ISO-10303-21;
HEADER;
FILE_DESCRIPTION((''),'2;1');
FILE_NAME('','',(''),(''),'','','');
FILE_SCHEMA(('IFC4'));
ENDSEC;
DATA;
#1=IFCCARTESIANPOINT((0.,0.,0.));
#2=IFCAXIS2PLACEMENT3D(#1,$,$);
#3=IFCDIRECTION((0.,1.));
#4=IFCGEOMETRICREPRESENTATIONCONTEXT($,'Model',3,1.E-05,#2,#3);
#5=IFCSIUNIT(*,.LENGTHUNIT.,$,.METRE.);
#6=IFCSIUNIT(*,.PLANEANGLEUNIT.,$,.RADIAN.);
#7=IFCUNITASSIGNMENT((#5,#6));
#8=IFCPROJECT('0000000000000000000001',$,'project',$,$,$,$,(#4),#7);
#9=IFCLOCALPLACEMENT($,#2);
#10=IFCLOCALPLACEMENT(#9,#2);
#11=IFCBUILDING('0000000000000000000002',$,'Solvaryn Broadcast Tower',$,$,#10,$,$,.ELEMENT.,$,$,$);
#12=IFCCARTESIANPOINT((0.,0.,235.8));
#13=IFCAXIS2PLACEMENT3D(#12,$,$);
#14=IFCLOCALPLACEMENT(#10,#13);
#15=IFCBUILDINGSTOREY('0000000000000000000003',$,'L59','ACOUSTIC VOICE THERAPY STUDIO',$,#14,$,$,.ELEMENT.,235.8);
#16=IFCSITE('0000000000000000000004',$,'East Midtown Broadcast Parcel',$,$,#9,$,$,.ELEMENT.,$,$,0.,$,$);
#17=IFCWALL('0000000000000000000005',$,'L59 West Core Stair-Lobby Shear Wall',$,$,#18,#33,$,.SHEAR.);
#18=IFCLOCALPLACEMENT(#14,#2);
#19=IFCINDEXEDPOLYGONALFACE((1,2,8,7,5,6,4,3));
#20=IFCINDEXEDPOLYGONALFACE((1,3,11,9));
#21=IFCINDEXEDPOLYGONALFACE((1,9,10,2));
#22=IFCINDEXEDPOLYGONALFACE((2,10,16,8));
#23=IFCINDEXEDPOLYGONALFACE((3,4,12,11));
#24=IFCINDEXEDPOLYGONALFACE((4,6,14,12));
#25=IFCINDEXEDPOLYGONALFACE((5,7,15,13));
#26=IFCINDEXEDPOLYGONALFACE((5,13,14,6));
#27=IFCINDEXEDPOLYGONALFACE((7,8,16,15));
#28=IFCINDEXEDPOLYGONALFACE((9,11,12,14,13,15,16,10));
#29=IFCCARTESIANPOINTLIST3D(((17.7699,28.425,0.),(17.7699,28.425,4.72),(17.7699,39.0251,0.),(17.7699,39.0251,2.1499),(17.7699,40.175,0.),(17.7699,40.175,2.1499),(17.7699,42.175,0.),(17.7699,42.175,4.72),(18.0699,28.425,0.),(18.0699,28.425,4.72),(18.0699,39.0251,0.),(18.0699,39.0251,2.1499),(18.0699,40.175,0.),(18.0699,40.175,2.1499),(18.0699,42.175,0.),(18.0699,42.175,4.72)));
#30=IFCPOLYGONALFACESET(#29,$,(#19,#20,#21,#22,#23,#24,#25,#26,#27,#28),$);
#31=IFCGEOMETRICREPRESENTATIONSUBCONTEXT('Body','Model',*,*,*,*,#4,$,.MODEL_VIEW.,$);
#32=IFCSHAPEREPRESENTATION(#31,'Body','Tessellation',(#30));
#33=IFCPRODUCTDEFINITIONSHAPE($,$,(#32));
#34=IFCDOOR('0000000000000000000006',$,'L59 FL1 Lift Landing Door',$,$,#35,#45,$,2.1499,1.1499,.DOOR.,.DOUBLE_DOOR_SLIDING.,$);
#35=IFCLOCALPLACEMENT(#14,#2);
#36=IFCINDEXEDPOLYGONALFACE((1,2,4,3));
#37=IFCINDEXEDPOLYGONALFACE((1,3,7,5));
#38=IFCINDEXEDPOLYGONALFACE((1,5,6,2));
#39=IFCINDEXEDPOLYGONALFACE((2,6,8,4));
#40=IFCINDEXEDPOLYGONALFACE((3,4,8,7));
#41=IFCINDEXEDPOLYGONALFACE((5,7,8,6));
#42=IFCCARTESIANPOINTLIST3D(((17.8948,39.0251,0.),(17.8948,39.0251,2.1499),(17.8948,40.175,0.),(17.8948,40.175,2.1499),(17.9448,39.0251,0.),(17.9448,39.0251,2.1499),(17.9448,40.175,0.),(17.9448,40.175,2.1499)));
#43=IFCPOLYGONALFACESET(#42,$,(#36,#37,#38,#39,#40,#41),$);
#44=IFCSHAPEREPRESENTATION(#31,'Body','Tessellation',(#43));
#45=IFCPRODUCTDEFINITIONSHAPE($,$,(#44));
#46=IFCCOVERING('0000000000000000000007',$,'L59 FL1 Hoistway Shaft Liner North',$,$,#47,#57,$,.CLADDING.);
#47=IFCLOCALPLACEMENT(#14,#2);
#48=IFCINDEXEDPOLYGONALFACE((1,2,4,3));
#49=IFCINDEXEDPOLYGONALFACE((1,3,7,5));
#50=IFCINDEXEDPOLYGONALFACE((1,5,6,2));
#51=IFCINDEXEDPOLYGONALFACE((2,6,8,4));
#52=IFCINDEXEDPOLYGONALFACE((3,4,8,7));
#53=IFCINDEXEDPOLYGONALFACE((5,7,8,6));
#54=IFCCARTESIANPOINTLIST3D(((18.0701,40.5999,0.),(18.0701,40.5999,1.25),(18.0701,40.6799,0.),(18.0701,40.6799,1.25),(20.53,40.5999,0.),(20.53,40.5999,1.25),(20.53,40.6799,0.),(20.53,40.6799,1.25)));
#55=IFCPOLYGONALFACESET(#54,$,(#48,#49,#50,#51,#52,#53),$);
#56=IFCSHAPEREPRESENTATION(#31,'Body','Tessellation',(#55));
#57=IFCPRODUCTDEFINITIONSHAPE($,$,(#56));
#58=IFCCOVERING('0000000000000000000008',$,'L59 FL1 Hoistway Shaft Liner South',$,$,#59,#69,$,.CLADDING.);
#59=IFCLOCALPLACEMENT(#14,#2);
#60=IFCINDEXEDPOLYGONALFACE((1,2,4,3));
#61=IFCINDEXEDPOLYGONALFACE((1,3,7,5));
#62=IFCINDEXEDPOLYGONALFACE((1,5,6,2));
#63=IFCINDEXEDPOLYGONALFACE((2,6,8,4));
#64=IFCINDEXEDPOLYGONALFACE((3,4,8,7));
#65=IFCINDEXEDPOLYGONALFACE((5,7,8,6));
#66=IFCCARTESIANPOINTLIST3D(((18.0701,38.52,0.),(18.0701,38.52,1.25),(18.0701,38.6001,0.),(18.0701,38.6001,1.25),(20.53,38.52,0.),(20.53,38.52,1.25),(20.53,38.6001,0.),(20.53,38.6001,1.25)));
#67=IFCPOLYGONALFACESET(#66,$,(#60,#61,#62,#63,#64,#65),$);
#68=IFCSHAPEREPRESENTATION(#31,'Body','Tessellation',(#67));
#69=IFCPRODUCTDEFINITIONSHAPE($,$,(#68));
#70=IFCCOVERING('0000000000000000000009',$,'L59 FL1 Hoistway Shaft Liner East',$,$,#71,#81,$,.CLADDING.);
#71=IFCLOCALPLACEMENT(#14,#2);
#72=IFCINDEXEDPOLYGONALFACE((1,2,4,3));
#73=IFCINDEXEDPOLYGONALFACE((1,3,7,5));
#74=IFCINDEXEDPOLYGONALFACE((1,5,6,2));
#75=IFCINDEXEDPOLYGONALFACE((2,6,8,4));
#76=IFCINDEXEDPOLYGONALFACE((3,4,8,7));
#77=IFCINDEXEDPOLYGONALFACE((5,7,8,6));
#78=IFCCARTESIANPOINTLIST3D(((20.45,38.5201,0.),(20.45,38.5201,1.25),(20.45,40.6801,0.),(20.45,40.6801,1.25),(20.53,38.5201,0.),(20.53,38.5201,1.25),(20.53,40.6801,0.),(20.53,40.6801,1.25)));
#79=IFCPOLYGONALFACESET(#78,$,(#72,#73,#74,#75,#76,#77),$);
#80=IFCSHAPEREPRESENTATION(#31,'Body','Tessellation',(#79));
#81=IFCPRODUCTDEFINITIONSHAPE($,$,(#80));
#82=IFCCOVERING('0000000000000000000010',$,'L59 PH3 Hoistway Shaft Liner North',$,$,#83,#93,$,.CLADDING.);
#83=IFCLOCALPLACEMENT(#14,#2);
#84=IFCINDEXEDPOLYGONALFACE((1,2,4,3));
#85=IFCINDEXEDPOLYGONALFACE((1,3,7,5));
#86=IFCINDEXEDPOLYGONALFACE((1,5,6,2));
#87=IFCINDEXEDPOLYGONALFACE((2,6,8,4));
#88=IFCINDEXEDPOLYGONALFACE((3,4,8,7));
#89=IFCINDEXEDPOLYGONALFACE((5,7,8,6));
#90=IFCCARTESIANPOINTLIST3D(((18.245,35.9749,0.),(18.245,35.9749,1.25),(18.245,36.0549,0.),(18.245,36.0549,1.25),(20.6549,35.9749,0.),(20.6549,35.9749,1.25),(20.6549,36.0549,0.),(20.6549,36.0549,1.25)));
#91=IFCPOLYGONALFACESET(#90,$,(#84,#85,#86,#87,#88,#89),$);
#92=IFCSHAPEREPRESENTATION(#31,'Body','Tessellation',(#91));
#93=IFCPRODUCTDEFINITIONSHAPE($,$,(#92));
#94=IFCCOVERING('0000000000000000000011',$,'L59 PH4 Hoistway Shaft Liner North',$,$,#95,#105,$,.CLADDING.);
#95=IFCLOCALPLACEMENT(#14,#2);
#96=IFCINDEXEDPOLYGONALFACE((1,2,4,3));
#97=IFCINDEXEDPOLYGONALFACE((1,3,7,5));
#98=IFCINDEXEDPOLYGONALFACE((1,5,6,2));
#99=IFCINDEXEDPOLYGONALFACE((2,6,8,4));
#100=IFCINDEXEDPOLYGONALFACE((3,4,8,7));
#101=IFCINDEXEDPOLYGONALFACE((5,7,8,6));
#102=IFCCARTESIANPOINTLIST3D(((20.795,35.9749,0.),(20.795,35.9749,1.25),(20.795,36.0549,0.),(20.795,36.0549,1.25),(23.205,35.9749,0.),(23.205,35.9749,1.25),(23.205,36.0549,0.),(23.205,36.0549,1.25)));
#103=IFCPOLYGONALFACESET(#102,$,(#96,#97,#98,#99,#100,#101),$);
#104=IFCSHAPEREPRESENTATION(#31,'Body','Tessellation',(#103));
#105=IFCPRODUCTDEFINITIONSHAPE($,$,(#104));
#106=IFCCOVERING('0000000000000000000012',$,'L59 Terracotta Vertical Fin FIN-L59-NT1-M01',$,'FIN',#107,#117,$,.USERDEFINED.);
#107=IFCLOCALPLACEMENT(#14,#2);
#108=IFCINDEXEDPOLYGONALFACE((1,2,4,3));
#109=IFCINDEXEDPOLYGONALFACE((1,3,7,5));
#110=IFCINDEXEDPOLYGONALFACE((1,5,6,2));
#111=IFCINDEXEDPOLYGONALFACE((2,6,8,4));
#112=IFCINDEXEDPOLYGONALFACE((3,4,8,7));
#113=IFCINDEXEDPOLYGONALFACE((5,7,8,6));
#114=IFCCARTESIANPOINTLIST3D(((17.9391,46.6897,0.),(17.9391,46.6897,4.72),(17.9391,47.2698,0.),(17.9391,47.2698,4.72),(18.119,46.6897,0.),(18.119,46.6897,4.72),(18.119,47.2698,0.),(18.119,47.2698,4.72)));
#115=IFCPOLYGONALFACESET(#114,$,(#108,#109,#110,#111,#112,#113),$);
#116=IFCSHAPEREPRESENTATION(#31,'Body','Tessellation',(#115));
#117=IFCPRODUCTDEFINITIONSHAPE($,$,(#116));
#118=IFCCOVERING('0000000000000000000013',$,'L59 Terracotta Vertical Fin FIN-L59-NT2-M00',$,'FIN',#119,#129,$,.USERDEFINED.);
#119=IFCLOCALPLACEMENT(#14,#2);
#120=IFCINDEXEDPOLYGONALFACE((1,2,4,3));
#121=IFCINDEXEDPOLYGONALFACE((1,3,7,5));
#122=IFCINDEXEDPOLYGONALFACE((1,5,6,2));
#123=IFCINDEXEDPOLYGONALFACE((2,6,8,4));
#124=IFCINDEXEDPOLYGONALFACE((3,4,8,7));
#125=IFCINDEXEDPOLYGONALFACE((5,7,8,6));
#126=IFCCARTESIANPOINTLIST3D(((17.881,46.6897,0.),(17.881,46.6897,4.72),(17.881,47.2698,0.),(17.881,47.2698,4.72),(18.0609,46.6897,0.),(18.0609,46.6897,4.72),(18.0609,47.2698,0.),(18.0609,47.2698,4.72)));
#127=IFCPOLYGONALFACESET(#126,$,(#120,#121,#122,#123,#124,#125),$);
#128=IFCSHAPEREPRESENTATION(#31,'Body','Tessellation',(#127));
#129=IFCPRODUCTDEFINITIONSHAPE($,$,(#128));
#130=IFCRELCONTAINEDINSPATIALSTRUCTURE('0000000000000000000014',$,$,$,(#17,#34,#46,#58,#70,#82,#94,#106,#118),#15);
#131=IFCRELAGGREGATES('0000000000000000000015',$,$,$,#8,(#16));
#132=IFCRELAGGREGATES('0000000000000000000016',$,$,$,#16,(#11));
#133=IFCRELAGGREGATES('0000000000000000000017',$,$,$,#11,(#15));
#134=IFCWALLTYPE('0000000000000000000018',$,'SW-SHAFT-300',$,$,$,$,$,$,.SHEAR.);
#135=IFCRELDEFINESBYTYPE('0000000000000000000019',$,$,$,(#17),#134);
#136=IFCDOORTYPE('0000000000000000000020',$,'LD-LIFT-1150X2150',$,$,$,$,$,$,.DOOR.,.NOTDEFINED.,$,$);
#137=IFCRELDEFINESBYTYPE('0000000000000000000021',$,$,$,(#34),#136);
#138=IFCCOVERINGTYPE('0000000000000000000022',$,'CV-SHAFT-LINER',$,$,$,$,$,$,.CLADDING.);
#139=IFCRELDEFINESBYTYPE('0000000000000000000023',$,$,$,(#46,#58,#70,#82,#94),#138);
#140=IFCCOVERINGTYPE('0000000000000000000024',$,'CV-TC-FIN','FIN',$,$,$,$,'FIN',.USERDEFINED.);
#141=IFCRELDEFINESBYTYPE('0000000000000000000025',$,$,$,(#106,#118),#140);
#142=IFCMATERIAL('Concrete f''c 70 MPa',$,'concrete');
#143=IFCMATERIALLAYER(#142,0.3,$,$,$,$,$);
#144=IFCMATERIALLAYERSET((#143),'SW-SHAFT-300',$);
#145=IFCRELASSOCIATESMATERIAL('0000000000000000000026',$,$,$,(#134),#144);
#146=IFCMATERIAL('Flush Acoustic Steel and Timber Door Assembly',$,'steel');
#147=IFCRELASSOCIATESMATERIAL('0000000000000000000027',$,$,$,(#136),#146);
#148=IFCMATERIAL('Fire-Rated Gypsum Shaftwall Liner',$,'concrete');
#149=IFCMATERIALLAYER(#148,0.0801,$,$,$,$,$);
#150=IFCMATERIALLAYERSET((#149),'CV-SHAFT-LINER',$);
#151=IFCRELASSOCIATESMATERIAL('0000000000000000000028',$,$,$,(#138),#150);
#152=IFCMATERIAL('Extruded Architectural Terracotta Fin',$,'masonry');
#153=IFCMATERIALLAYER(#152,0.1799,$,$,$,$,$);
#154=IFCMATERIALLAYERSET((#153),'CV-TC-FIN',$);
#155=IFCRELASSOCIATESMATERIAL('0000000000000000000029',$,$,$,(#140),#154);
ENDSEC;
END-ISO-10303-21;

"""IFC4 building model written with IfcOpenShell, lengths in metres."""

from ifc_helpers import new_model, si_unit, direction, frame, frame_2d, origin, origin_2d, place, context, subcontext, project, spatial, rectangle, extrude, material, layer, layer_set, type_object, element, fill, save


model = new_model("IFC4")

# Units and contexts
model_context = context("Model", 3, precision=1e-05, world=origin(), true_north=direction((0.0, 1.0)))
body_context = subcontext(model_context, "Body", "Model", "MODEL_VIEW")
ifc_project = project(units=[si_unit("LENGTHUNIT", "METRE"), si_unit("PLANEANGLEUNIT", "RADIAN")], contexts=[model_context])

# Site, building, storey
site_placement = place(None, origin())
site = spatial("IfcSite", under=ifc_project, at=site_placement, Name="East Midtown Broadcast Parcel", CompositionType="ELEMENT", RefElevation=0.0)
building_placement = place(site_placement, origin())
building = spatial("IfcBuilding", under=site, at=building_placement, Name="Solvaryn Broadcast Tower", CompositionType="ELEMENT")
storey_placement = place(building_placement, frame((0.0, 0.0, 235.8)))
storey = spatial("IfcBuildingStorey", under=building, at=storey_placement, Name="L59", Description="ACOUSTIC VOICE THERAPY STUDIO", CompositionType="ELEMENT", Elevation=235.8)

# Wall, opening, door
ifc_material_1 = material(Name="Concrete f'c 70 MPa", Category="concrete")
ifc_layer_1 = layer(ifc_material_1, 0.3)
ifc_layer_set_1 = layer_set([ifc_layer_1], Name="SW-SHAFT-300")
wall_type_1 = type_object("IfcWallType", Name="SW-SHAFT-300", PredefinedType="SHEAR", material=ifc_layer_set_1)
wall_1_placement = place(storey_placement, frame((17.9199, 42.175, 0.0), z_axis=(0.0, 0.0, 1.0), x_axis=(0.0, -1.0, 0.0)))
wall_1 = element("IfcWall", 1, at=wall_1_placement, inside=storey, type_object=wall_type_1, Name="L59 West Core Stair-Lobby Shear Wall", PredefinedType="SHEAR", context=body_context, shape_type="SweptSolid", body=[
    extrude(rectangle(XDim=13.75, YDim=0.3, at=frame_2d((6.875, 0.0))), origin(), (0.0, 0.0, 1.0), 4.72),
])
opening_1_placement = place(wall_1_placement, frame((2.0, 0.0, 0.0)))
opening_1 = element("IfcOpeningElement", 2, at=opening_1_placement, cuts=wall_1, PredefinedType="OPENING", context=body_context, shape_type="SweptSolid", body=[
    extrude(rectangle(XDim=1.1499, YDim=2.1499, at=frame_2d((0.575, 1.075))), frame((0.0, 0.1599, 0.0), z_axis=(0.0, -1.0, 0.0), x_axis=(1.0, 0.0, 0.0)), (0.0, 0.0, 1.0), 0.3201),
])
ifc_material_2 = material(Name="Flush Acoustic Steel and Timber Door Assembly", Category="steel")
door_type_1 = type_object("IfcDoorType", Name="LD-LIFT-1150X2150", OperationType="NOTDEFINED", PredefinedType="DOOR", material=ifc_material_2)
door_1_placement = place(opening_1_placement, origin())
door_1 = element("IfcDoor", 3, at=door_1_placement, inside=storey, type_object=door_type_1, Name="L59 FL1 Lift Landing Door", OperationType="DOUBLE_DOOR_SLIDING", OverallHeight=2.1499, OverallWidth=1.1499, PredefinedType="DOOR", context=body_context, shape_type="SweptSolid", body=[
    extrude(rectangle(XDim=1.1499, YDim=2.1499, at=frame_2d((0.575, 1.075))), frame((0.0, 0.0249, 0.0), z_axis=(0.0, -1.0, 0.0), x_axis=(1.0, 0.0, 0.0)), (0.0, 0.0, 1.0), 0.05),
])
fill(opening_1, door_1)

# Coverings
ifc_material_3 = material(Name="Fire-Rated Gypsum Shaftwall Liner", Category="concrete")
ifc_layer_2 = layer(ifc_material_3, 0.0801)
ifc_layer_set_2 = layer_set([ifc_layer_2], Name="CV-SHAFT-LINER")
covering_type_1 = type_object("IfcCoveringType", Name="CV-SHAFT-LINER", PredefinedType="CLADDING", material=ifc_layer_set_2)
for number, where, z_axis, x_axis, name in (
    (4, (19.3, 40.6399, 0.0), (0.0, 0.0, 1.0), (1.0, 0.0, 0.0), "L59 FL1 Hoistway Shaft Liner North"),
    (5, (19.3, 38.5601, 0.0), (0.0, 0.0, 1.0), (1.0, 0.0, 0.0), "L59 FL1 Hoistway Shaft Liner South"),
):
    element("IfcCovering", number, at=place(storey_placement, frame(where, z_axis=z_axis, x_axis=x_axis)), inside=storey, type_object=covering_type_1, Name=name, PredefinedType="CLADDING", context=body_context, shape_type="SweptSolid", body=[
        extrude(rectangle(XDim=2.46, YDim=0.0801, at=origin_2d()), origin(), (0.0, 0.0, 1.0), 1.25),
    ])
covering_placement = place(storey_placement, frame((20.49, 39.6001, 0.0), z_axis=(0.0, 0.0, 1.0), x_axis=(1.0, 0.0, 0.0)))
element("IfcCovering", 6, at=covering_placement, inside=storey, type_object=covering_type_1, Name="L59 FL1 Hoistway Shaft Liner East", PredefinedType="CLADDING", context=body_context, shape_type="SweptSolid", body=[
    extrude(rectangle(XDim=0.0801, YDim=2.1599, at=origin_2d()), origin(), (0.0, 0.0, 1.0), 1.25),
])
for number, where, z_axis, x_axis, name in (
    (7, (19.45, 36.0149, 0.0), (0.0, 0.0, 1.0), (1.0, 0.0, 0.0), "L59 PH3 Hoistway Shaft Liner North"),
    (8, (22.0, 36.0149, 0.0), (0.0, 0.0, 1.0), (1.0, 0.0, 0.0), "L59 PH4 Hoistway Shaft Liner North"),
):
    element("IfcCovering", number, at=place(storey_placement, frame(where, z_axis=z_axis, x_axis=x_axis)), inside=storey, type_object=covering_type_1, Name=name, PredefinedType="CLADDING", context=body_context, shape_type="SweptSolid", body=[
        extrude(rectangle(XDim=2.4099, YDim=0.0801, at=origin_2d()), origin(), (0.0, 0.0, 1.0), 1.25),
    ])
ifc_material_4 = material(Name="Extruded Architectural Terracotta Fin", Category="masonry")
ifc_layer_3 = layer(ifc_material_4, 0.1799)
ifc_layer_set_3 = layer_set([ifc_layer_3], Name="CV-TC-FIN")
covering_type_2 = type_object("IfcCoveringType", Name="CV-TC-FIN", Description="FIN", ElementType="FIN", PredefinedType="USERDEFINED", material=ifc_layer_set_3)
for number, where, z_axis, x_axis, name in (
    (9, (18.0291, 46.9797, 0.0), (0.0, 0.0, 1.0), (1.0, 0.0, 0.0), "L59 Terracotta Vertical Fin FIN-L59-NT1-M01"),
    (10, (17.9709, 46.9797, 0.0), (0.0, 0.0, 1.0), (1.0, 0.0, 0.0), "L59 Terracotta Vertical Fin FIN-L59-NT2-M00"),
):
    element("IfcCovering", number, at=place(storey_placement, frame(where, z_axis=z_axis, x_axis=x_axis)), inside=storey, type_object=covering_type_2, Name=name, ObjectType="FIN", PredefinedType="USERDEFINED", context=body_context, shape_type="SweptSolid", body=[
        extrude(rectangle(XDim=0.1799, YDim=0.5801, at=origin_2d()), origin(), (0.0, 0.0, 1.0), 4.72),
    ])

save(model, "model.ifc")
